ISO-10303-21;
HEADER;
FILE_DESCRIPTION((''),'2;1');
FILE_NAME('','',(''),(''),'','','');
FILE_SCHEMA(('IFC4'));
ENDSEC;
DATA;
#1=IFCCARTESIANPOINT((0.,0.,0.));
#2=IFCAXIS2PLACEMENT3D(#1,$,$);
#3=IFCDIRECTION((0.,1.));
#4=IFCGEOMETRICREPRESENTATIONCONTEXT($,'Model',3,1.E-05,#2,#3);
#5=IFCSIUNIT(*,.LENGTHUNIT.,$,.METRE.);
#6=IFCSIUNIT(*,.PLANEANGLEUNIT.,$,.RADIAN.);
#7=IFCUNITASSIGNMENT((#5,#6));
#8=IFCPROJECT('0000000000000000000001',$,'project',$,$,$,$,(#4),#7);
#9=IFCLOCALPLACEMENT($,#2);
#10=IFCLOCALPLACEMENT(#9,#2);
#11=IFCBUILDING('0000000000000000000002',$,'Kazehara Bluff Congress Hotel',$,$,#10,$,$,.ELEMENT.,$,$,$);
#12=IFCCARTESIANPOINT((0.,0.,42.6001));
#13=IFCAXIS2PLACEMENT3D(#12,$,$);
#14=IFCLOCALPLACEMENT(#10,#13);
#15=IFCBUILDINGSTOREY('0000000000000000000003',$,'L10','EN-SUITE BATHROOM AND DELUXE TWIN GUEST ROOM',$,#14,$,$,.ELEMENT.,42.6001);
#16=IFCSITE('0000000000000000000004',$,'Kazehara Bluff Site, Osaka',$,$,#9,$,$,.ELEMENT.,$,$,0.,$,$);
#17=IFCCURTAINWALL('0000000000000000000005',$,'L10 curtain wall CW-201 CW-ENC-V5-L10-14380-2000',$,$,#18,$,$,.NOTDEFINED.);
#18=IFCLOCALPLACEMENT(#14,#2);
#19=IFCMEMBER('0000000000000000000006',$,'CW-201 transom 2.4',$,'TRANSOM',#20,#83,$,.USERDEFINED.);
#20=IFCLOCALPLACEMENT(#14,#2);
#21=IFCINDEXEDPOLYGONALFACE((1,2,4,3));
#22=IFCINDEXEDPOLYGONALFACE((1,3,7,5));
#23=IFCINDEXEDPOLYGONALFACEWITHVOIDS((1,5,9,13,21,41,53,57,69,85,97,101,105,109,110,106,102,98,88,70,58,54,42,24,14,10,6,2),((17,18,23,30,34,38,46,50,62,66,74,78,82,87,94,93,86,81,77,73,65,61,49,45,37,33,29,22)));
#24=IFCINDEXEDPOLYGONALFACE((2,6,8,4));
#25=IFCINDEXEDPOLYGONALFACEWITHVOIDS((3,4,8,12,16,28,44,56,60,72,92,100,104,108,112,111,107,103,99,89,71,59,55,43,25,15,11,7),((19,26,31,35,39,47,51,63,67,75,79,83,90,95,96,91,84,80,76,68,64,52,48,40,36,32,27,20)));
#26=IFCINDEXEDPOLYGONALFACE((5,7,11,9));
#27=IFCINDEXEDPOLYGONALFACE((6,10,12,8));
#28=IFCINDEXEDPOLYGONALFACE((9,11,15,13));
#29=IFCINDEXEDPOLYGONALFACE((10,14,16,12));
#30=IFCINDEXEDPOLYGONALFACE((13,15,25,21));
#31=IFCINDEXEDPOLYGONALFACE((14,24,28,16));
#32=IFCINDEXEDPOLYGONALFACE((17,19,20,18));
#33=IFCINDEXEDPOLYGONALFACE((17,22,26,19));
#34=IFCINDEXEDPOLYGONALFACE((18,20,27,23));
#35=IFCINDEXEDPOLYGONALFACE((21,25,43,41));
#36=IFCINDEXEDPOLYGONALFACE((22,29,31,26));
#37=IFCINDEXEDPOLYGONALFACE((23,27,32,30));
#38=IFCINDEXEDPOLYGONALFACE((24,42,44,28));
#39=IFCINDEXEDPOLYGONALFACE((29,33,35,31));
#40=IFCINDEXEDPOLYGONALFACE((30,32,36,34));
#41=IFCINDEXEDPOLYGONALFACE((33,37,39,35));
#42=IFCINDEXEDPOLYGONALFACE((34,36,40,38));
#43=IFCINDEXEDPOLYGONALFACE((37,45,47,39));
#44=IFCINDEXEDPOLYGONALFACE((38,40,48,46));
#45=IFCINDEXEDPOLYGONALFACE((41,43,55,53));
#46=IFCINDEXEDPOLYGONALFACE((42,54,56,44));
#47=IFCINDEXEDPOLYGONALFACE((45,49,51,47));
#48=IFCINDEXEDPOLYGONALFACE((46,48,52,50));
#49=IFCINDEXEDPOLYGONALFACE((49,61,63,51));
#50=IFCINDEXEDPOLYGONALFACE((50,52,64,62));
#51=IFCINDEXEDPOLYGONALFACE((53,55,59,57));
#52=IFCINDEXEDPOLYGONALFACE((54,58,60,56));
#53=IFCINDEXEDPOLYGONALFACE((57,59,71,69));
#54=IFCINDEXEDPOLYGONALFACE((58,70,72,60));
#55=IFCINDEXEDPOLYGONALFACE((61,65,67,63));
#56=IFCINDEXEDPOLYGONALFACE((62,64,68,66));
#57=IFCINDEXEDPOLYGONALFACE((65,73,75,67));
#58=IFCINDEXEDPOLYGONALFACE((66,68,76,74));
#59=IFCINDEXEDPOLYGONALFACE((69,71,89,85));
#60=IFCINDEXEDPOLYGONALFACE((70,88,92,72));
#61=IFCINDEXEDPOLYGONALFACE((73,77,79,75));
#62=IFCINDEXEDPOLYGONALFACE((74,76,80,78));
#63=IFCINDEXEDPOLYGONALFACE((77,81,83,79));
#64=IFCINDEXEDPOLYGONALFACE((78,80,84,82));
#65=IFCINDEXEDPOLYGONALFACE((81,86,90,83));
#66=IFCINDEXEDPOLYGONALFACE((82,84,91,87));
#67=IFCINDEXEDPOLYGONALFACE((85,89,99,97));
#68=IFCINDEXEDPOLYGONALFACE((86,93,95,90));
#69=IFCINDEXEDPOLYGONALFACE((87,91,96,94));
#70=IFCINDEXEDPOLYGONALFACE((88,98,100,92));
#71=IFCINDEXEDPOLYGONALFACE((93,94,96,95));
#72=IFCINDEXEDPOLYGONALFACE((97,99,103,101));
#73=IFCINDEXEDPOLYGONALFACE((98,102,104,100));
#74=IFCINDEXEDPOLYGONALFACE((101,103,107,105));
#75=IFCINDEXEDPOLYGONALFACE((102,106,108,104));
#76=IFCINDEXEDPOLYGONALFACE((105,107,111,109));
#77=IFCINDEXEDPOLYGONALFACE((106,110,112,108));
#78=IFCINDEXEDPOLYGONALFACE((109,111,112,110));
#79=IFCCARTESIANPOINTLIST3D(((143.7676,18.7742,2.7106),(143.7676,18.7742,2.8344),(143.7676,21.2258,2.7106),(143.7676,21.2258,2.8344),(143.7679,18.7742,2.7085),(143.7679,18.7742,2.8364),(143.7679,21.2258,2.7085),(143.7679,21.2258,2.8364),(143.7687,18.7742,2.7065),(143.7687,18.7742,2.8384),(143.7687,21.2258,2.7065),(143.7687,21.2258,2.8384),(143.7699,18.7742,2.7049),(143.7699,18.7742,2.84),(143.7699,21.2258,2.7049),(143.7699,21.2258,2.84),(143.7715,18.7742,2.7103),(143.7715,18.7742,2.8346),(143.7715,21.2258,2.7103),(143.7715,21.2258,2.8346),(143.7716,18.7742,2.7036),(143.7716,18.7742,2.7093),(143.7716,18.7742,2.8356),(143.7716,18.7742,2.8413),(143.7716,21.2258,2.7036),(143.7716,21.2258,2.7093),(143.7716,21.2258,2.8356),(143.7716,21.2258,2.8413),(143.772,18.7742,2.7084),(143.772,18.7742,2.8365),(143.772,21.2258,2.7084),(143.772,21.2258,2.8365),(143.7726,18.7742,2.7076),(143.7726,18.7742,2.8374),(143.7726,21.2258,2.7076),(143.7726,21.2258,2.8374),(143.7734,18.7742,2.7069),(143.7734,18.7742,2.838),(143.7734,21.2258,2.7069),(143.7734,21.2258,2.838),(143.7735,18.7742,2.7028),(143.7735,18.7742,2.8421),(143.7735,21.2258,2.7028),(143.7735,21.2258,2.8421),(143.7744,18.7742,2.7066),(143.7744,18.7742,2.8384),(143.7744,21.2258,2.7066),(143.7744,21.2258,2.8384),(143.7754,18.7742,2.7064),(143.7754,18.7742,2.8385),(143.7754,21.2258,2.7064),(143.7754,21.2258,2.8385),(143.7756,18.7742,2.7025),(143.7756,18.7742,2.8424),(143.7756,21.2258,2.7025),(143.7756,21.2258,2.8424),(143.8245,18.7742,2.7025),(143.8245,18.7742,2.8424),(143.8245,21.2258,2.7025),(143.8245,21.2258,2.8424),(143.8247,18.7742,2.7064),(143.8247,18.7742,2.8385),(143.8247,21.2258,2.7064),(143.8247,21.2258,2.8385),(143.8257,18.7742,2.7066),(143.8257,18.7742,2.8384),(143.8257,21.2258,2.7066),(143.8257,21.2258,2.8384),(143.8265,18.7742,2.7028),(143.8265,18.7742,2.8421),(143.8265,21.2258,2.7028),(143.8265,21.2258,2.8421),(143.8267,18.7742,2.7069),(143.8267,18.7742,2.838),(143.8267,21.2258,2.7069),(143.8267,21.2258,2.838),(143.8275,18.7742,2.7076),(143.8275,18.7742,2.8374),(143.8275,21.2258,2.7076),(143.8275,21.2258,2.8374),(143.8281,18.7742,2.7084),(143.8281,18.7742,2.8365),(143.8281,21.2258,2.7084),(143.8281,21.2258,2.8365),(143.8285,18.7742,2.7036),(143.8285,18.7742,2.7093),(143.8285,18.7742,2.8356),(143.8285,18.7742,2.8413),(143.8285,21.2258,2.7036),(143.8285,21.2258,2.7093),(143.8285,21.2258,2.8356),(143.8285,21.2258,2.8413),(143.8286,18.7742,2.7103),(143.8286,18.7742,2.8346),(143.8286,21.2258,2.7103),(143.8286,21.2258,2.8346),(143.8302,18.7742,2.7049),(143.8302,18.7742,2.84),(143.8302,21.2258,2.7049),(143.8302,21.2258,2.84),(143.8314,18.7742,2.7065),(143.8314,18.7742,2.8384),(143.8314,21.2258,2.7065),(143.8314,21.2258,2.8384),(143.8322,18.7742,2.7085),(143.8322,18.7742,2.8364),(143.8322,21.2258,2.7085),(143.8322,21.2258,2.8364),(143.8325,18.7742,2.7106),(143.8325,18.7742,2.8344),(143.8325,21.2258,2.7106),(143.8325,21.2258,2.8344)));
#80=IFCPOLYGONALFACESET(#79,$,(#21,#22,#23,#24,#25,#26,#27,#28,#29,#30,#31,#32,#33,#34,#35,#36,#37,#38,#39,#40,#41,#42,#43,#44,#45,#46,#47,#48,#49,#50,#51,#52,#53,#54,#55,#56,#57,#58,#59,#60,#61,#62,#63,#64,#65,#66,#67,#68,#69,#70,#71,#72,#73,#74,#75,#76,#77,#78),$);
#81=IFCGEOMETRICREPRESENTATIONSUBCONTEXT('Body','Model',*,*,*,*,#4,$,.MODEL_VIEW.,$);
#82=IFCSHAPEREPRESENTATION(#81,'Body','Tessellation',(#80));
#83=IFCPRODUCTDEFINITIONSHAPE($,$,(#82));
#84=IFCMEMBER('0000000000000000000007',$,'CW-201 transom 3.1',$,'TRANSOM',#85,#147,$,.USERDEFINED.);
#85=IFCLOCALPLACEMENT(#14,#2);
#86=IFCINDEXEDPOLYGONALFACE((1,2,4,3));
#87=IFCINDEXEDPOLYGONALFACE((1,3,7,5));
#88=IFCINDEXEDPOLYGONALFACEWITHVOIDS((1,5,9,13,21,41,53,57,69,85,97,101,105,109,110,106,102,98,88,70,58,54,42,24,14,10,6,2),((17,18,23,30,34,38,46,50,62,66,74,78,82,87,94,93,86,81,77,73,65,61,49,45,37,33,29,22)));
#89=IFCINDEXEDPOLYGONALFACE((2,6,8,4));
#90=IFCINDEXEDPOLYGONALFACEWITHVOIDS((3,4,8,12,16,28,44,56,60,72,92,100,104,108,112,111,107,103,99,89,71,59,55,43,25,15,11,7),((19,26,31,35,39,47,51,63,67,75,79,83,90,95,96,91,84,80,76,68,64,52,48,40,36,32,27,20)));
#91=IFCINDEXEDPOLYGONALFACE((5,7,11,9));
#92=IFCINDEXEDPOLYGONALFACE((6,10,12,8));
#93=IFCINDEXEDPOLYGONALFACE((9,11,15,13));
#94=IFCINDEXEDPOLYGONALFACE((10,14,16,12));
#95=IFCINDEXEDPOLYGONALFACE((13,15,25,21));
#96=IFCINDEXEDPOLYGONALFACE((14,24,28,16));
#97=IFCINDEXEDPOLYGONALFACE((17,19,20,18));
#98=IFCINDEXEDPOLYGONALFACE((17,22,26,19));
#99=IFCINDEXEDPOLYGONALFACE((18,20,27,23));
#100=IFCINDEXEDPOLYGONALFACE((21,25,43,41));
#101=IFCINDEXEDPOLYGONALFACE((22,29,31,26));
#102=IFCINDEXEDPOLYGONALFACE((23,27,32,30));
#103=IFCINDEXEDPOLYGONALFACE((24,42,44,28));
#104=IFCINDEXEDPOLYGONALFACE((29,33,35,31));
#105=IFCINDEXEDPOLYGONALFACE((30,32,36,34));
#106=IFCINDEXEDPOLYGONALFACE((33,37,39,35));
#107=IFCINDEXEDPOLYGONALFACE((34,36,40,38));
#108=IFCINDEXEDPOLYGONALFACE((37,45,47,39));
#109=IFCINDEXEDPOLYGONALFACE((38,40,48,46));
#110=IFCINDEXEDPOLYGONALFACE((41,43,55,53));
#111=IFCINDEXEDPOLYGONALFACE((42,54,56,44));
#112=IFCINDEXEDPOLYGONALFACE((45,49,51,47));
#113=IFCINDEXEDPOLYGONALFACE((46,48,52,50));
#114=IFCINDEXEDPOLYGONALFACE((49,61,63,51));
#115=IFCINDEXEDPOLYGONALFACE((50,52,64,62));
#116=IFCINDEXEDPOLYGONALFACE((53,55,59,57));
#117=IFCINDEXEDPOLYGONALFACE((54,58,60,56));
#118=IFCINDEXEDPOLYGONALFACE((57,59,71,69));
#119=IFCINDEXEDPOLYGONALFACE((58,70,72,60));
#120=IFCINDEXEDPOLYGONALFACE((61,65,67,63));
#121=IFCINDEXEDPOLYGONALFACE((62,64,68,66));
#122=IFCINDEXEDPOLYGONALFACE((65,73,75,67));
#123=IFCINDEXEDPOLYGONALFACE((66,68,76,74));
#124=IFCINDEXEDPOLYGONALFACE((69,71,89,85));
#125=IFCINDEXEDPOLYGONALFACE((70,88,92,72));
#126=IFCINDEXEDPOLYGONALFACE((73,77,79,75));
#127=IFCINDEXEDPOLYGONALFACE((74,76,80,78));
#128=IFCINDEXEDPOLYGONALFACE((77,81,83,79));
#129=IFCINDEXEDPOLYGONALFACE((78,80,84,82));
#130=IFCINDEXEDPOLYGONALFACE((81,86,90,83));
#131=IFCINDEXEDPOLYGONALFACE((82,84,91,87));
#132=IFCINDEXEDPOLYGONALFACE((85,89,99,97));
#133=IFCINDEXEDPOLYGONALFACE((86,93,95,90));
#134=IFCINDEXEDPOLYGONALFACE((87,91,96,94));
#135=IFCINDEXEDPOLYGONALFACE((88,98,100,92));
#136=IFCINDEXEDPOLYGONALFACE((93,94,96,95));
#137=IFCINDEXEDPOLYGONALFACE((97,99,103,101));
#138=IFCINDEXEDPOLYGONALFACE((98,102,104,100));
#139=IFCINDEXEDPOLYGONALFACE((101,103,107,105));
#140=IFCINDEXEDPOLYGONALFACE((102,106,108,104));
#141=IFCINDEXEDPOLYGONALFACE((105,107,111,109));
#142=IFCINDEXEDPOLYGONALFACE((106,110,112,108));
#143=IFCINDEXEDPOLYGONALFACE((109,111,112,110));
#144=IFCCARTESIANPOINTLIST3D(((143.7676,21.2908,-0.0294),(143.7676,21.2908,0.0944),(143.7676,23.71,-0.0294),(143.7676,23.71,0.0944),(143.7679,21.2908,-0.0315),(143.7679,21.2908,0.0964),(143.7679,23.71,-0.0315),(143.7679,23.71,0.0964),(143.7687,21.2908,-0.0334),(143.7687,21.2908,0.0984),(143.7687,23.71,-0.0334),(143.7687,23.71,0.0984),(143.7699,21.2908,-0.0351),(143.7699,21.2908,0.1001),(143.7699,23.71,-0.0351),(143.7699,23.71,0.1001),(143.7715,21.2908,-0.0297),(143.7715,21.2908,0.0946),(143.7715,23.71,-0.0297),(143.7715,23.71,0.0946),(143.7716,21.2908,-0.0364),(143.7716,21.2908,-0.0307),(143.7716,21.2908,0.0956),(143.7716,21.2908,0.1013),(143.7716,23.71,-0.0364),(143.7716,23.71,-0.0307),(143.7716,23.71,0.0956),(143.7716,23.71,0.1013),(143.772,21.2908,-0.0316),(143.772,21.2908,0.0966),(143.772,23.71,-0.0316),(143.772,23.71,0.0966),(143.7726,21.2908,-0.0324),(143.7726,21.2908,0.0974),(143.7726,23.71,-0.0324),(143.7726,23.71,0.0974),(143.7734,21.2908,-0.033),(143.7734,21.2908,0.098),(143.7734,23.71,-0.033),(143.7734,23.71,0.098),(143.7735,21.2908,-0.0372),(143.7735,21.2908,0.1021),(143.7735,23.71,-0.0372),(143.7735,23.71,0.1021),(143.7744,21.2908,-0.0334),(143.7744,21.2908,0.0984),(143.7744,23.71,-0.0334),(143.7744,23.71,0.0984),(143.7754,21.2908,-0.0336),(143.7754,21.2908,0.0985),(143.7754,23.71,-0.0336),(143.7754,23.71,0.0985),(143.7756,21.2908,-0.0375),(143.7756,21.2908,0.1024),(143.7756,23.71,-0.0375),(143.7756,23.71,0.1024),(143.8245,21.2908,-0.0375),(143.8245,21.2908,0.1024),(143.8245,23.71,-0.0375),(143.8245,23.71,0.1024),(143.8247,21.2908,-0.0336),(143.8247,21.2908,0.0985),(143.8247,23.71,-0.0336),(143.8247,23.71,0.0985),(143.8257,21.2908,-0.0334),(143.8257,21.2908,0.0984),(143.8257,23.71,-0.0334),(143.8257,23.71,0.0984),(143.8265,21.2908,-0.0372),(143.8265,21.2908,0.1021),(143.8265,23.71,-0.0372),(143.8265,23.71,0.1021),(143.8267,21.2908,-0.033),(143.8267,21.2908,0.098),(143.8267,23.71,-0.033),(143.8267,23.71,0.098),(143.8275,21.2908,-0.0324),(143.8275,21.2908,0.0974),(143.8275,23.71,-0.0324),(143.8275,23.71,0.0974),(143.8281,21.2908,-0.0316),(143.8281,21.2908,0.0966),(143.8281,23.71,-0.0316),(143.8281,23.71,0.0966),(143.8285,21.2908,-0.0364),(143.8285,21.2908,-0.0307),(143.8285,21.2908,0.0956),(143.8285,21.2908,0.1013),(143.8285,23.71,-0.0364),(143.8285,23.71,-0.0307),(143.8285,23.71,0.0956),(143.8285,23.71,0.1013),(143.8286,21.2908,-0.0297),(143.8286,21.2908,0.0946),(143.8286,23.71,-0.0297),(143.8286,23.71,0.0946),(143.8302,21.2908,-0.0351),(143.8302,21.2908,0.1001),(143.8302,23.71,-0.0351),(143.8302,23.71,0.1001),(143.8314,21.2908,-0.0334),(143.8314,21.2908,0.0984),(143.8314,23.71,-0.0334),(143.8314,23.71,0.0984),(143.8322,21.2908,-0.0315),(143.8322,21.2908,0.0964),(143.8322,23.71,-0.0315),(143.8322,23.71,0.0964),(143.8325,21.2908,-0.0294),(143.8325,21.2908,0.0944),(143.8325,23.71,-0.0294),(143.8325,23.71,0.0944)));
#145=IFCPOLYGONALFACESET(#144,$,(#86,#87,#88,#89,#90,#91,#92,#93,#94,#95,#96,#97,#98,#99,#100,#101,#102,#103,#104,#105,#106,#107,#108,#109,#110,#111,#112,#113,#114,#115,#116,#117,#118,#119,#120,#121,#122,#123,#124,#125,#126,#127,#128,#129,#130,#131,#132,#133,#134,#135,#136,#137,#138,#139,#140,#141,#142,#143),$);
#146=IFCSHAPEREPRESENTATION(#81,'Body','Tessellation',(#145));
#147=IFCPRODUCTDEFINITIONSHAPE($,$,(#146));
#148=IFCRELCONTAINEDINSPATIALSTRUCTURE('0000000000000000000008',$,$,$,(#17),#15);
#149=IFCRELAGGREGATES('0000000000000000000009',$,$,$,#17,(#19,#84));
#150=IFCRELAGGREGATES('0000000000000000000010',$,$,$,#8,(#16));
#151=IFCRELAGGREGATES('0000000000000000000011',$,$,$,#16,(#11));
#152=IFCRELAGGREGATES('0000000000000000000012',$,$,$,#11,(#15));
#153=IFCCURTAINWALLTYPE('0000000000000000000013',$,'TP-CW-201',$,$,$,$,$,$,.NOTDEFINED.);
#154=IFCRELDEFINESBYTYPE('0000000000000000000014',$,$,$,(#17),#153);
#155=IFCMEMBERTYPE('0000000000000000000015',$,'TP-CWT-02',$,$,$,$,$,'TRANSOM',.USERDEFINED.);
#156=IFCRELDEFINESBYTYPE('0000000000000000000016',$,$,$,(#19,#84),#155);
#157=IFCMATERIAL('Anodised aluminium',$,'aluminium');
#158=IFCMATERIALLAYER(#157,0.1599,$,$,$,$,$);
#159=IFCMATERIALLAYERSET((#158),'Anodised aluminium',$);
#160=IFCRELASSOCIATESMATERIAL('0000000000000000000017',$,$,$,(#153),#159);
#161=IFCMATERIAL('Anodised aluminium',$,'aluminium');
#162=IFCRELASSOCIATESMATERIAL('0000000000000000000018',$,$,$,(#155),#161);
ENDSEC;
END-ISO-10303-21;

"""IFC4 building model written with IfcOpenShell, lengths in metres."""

from ifc_helpers import new_model, si_unit, direction, frame, origin, origin_2d, place, context, subcontext, project, spatial, hollow_rectangle, extrude, material, layer, layer_set, material_profile, profile_set, type_object, element, aggregate, save


model = new_model("IFC4")

# Units and contexts
model_context = context("Model", 3, precision=1e-05, world=origin(), true_north=direction((0.0, 1.0)))
body_context = subcontext(model_context, "Body", "Model", "MODEL_VIEW")
ifc_project = project(units=[si_unit("LENGTHUNIT", "METRE"), si_unit("PLANEANGLEUNIT", "RADIAN")], contexts=[model_context])

# Site, building, storey
site_placement = place(None, origin())
site = spatial("IfcSite", under=ifc_project, at=site_placement, Name="Kazehara Bluff Site, Osaka", CompositionType="ELEMENT", RefElevation=0.0)
building_placement = place(site_placement, origin())
building = spatial("IfcBuilding", under=site, at=building_placement, Name="Kazehara Bluff Congress Hotel", CompositionType="ELEMENT")
storey_placement = place(building_placement, frame((0.0, 0.0, 42.6001)))
storey = spatial("IfcBuildingStorey", under=building, at=storey_placement, Name="L10", Description="EN-SUITE BATHROOM AND DELUXE TWIN GUEST ROOM", CompositionType="ELEMENT", Elevation=42.6001)

# Curtain wall
ifc_material_1 = material(Name="Anodised aluminium", Category="aluminium")
ifc_layer_1 = layer(ifc_material_1, 0.1599)
ifc_layer_set_1 = layer_set([ifc_layer_1], Name="Anodised aluminium")
curtain_wall_type_1 = type_object("IfcCurtainWallType", Name="TP-CW-201", PredefinedType="NOTDEFINED", material=ifc_layer_set_1)
curtain_wall_1_placement = place(storey_placement, origin())
curtain_wall_1 = element("IfcCurtainWall", 1, at=curtain_wall_1_placement, inside=storey, type_object=curtain_wall_type_1, Name="L10 curtain wall CW-201 CW-ENC-V5-L10-14380-2000", PredefinedType="NOTDEFINED")

# Members
ifc_material_2 = material(Name="Anodised aluminium", Category="aluminium")
ifc_material_profile_1 = material_profile(ifc_material_2, hollow_rectangle(XDim=0.0649, YDim=0.1399, WallThickness=0.0039, InnerFilletRadius=0.0039, OuterFilletRadius=0.0081, at=origin_2d()))
ifc_profile_set_1 = profile_set([ifc_material_profile_1], Name="Anodised aluminium")
member_type_1 = type_object("IfcMemberType", Name="TP-CWT-02", ElementType="TRANSOM", PredefinedType="USERDEFINED", material=ifc_profile_set_1)
member_1_placement = place(storey_placement, frame((143.8, 18.7742, 2.7725), z_axis=(0.0, 1.0, 0.0), x_axis=(-1.0, 0.0, 0.0)))
member_1 = element("IfcMember", 2, at=member_1_placement, type_object=member_type_1, Name="CW-201 transom 2.4", ObjectType="TRANSOM", PredefinedType="USERDEFINED", context=body_context, shape_type="SweptSolid", body=[
    extrude(hollow_rectangle(XDim=0.0649, YDim=0.1399, WallThickness=0.0039, InnerFilletRadius=0.0039, OuterFilletRadius=0.0081, at=origin_2d()), origin(), (0.0, 0.0, 1.0), 2.4517),
])
member_2_placement = place(storey_placement, frame((143.8, 21.2908, 0.0325), z_axis=(0.0, 1.0, 0.0), x_axis=(-1.0, 0.0, 0.0)))
member_2 = element("IfcMember", 3, at=member_2_placement, type_object=member_type_1, Name="CW-201 transom 3.1", ObjectType="TRANSOM", PredefinedType="USERDEFINED", context=body_context, shape_type="SweptSolid", body=[
    extrude(hollow_rectangle(XDim=0.0649, YDim=0.1399, WallThickness=0.0039, InnerFilletRadius=0.0039, OuterFilletRadius=0.0081, at=origin_2d()), origin(), (0.0, 0.0, 1.0), 2.4192),
])

aggregate(curtain_wall_1, [member_1, member_2])

save(model, "model.ifc")
